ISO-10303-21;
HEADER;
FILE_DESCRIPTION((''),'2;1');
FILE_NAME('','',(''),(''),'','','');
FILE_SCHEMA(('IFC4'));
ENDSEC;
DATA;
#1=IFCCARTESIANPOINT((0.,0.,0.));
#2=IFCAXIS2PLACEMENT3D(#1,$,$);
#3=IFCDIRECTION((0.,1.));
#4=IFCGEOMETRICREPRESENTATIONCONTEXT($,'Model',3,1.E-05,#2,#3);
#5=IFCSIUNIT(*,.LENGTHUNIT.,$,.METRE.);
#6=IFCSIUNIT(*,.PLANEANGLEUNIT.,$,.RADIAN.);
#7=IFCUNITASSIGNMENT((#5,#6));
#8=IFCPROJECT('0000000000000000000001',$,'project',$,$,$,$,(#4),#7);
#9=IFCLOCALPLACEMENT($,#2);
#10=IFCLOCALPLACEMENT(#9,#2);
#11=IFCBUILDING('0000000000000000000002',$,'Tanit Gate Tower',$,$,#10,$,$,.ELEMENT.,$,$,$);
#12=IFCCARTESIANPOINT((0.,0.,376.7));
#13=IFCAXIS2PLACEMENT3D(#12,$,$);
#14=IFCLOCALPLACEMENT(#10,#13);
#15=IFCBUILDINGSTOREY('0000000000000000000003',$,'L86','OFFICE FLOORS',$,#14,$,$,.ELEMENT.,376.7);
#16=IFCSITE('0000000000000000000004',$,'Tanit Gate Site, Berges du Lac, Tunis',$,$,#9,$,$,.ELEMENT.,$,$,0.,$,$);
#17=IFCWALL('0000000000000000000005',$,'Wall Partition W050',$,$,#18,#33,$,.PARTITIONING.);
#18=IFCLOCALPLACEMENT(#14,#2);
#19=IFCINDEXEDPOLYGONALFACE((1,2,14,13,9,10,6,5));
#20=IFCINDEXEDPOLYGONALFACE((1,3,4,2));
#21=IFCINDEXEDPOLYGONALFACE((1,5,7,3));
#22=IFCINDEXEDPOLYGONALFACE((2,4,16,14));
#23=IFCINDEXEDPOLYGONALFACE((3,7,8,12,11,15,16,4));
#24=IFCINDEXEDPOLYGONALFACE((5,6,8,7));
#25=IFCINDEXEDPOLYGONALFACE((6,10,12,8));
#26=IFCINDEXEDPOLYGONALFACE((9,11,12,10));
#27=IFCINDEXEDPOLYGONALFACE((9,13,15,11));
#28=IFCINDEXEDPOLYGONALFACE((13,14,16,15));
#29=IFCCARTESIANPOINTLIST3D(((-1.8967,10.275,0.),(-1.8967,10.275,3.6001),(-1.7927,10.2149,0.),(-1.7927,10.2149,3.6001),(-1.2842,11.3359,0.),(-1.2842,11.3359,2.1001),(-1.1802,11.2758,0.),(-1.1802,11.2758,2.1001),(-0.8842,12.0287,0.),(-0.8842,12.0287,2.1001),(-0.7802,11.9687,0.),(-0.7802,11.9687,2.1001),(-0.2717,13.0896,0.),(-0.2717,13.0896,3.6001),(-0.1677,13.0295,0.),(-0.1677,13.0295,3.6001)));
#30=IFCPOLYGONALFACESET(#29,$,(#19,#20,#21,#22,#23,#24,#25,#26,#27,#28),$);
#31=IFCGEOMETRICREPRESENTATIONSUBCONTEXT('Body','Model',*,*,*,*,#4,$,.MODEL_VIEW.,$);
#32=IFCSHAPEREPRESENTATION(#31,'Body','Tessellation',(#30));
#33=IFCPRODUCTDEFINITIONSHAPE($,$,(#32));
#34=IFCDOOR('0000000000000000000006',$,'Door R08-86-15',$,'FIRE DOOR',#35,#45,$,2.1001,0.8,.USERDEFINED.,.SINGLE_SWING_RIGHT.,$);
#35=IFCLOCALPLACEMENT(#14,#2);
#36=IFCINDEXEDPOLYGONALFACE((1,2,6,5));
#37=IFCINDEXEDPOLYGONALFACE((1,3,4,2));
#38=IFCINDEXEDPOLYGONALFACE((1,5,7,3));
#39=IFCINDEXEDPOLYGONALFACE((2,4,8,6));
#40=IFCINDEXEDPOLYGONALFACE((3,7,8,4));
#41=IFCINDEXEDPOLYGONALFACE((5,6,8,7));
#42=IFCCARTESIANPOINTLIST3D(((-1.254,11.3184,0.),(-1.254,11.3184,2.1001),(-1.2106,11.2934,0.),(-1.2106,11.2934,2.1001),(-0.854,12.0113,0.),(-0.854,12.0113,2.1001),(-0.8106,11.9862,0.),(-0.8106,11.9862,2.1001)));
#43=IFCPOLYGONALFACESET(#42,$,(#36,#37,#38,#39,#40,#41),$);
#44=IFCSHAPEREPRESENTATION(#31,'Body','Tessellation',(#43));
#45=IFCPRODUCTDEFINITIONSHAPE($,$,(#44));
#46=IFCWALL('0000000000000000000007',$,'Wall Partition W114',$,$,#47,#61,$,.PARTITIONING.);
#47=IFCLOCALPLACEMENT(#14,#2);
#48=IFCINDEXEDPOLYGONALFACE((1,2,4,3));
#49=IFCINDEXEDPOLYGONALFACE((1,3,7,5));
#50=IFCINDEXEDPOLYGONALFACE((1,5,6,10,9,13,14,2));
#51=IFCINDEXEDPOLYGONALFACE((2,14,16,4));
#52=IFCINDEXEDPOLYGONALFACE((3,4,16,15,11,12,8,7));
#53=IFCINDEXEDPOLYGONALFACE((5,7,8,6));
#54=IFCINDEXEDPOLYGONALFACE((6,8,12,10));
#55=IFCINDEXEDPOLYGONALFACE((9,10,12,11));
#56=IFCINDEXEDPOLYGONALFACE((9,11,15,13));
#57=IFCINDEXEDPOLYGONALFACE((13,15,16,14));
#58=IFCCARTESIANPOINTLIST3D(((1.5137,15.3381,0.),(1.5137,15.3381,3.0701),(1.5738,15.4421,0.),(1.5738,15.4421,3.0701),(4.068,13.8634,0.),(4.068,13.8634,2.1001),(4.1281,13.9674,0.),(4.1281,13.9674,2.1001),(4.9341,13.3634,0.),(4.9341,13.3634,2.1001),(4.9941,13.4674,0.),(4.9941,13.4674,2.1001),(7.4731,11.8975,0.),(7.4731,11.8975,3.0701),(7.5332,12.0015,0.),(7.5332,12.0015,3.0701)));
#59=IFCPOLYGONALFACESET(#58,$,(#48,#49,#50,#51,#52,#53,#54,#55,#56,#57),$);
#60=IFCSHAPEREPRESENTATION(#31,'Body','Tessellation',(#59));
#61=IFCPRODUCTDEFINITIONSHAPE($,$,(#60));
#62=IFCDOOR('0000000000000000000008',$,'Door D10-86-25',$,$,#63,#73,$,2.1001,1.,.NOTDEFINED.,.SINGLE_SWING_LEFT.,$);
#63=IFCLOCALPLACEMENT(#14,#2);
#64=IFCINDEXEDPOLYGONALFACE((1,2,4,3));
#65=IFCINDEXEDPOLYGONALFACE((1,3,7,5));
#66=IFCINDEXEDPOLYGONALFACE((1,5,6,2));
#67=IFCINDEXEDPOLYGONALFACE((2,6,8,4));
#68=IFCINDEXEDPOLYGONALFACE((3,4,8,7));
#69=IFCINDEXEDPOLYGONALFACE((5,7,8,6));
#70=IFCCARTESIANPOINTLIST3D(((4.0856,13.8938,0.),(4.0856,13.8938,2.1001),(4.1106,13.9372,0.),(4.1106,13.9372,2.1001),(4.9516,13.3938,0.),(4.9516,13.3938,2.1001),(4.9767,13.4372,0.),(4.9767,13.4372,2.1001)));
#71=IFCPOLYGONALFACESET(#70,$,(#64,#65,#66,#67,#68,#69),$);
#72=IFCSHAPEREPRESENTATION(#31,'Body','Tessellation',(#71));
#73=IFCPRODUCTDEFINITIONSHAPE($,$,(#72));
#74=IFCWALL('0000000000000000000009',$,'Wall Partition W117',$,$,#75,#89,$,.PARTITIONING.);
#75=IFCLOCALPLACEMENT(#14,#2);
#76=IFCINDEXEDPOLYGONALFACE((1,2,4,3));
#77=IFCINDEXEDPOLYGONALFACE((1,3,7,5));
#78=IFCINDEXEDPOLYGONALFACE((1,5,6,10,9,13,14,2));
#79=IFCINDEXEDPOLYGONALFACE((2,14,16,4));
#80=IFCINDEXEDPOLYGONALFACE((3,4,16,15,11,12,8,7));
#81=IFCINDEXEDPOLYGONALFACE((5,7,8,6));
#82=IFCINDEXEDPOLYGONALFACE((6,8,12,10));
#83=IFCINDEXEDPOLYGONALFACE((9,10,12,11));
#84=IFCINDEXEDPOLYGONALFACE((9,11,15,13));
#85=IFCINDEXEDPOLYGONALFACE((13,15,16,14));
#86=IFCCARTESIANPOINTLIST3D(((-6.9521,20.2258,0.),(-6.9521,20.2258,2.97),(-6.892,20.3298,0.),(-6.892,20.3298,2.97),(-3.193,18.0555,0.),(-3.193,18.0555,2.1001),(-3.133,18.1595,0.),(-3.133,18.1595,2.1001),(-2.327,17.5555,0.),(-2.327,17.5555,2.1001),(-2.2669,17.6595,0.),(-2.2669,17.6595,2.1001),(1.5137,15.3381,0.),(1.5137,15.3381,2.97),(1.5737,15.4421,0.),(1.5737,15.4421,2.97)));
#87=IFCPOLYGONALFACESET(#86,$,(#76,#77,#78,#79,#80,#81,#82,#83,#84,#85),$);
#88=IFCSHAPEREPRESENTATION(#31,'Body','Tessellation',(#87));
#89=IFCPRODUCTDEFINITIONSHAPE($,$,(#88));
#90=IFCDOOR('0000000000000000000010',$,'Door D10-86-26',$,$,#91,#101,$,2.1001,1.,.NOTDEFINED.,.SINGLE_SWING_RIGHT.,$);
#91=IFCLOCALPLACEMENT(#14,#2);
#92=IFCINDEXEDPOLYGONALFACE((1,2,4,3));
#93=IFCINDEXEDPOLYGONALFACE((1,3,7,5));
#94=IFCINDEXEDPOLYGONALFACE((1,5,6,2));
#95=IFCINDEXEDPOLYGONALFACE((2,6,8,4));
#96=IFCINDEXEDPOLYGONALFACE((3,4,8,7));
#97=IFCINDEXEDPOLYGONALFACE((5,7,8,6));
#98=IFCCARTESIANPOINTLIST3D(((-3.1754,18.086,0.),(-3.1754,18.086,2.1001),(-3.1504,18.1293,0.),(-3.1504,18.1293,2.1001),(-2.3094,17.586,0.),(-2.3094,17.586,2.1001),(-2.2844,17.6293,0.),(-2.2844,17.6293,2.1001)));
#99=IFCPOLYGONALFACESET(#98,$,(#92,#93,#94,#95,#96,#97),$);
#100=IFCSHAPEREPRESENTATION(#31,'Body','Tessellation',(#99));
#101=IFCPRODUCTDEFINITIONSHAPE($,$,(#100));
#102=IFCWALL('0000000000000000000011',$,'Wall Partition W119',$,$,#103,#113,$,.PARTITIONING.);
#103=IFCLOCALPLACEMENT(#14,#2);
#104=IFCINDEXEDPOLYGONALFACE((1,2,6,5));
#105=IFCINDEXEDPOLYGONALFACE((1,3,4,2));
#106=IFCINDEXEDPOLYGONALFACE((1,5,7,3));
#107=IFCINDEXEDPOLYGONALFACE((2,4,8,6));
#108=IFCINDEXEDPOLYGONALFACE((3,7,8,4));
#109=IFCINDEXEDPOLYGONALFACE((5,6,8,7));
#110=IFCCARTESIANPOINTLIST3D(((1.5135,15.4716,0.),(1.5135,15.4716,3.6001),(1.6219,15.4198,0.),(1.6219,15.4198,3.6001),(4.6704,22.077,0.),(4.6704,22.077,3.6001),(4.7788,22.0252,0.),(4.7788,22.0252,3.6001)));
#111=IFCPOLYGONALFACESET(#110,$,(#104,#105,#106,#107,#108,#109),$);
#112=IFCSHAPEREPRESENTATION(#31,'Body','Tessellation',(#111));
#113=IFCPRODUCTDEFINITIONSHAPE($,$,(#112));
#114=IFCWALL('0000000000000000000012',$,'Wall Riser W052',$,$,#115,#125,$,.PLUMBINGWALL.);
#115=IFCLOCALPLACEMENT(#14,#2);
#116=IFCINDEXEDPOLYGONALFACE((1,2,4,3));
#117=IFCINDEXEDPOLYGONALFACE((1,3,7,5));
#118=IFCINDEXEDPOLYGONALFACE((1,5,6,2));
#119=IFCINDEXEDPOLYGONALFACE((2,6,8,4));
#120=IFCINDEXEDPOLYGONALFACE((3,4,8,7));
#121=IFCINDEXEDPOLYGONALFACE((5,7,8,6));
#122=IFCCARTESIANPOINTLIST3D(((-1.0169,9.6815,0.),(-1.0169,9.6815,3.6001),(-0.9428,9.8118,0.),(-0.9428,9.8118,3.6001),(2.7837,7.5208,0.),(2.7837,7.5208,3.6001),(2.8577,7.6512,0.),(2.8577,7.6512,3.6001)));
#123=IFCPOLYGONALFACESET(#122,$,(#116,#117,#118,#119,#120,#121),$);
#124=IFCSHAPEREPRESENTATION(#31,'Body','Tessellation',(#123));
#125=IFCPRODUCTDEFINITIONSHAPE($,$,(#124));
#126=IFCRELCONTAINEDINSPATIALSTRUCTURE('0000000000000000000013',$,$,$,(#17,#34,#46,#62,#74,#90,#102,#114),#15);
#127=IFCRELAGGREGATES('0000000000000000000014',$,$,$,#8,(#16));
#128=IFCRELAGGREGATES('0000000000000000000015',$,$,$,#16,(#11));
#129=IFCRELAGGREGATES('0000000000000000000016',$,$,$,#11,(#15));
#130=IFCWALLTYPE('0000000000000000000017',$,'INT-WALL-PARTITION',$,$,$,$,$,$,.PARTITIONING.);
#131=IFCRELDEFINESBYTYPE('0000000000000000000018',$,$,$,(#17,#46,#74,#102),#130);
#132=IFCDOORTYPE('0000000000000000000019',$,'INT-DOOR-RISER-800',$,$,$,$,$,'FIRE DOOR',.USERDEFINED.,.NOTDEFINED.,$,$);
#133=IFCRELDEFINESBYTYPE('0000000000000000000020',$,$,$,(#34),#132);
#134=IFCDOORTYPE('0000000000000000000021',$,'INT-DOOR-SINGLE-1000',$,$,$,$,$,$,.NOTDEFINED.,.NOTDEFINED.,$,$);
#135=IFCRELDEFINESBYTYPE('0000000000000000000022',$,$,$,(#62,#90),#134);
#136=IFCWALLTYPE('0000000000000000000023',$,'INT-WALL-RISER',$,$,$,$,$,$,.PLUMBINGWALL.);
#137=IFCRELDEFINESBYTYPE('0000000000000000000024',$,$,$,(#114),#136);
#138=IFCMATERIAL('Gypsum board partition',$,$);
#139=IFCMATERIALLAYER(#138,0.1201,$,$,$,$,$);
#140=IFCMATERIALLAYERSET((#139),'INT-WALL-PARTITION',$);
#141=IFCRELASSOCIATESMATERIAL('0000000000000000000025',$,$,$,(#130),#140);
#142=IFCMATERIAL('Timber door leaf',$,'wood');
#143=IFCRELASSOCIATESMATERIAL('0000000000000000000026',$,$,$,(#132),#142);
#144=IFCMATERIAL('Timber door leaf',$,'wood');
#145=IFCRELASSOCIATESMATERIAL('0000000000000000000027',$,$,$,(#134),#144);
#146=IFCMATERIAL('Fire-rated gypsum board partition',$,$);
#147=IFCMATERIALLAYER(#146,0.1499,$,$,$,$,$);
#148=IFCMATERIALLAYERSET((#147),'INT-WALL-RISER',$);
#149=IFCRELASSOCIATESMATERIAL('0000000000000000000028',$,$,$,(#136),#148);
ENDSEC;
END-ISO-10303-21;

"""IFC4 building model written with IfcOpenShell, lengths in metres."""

from ifc_helpers import new_model, si_unit, direction, frame, frame_2d, origin, place, context, subcontext, project, spatial, rectangle, extrude, material, layer, layer_set, type_object, element, fill, save


model = new_model("IFC4")

# Units and contexts
model_context = context("Model", 3, precision=1e-05, world=origin(), true_north=direction((0.0, 1.0)))
body_context = subcontext(model_context, "Body", "Model", "MODEL_VIEW")
ifc_project = project(units=[si_unit("LENGTHUNIT", "METRE"), si_unit("PLANEANGLEUNIT", "RADIAN")], contexts=[model_context])

# Site, building, storey
site_placement = place(None, origin())
site = spatial("IfcSite", under=ifc_project, at=site_placement, Name="Tanit Gate Site, Berges du Lac, Tunis", CompositionType="ELEMENT", RefElevation=0.0)
building_placement = place(site_placement, origin())
building = spatial("IfcBuilding", under=site, at=building_placement, Name="Tanit Gate Tower", CompositionType="ELEMENT")
storey_placement = place(building_placement, frame((0.0, 0.0, 376.7)))
storey = spatial("IfcBuildingStorey", under=building, at=storey_placement, Name="L86", Description="OFFICE FLOORS", CompositionType="ELEMENT", Elevation=376.7)

# Walls, openings, doors
ifc_material_1 = material(Name="Gypsum board partition")
ifc_layer_1 = layer(ifc_material_1, 0.1201)
ifc_layer_set_1 = layer_set([ifc_layer_1], Name="INT-WALL-PARTITION")
wall_type_1 = type_object("IfcWallType", Name="INT-WALL-PARTITION", PredefinedType="PARTITIONING", material=ifc_layer_set_1)
ifc_material_2 = material(Name="Timber door leaf", Category="wood")
door_type_1 = type_object("IfcDoorType", Name="INT-DOOR-RISER-800", ElementType="FIRE DOOR", OperationType="NOTDEFINED", PredefinedType="USERDEFINED", material=ifc_material_2)
wall_1_placement = place(storey_placement, frame((-0.2197, 13.0596, 0.0), z_axis=(0.0, 0.0, 1.0), x_axis=(-0.499985, -0.866034, 0.0)))
wall_1 = element("IfcWall", 1, at=wall_1_placement, inside=storey, type_object=wall_type_1, Name="Wall Partition W050", PredefinedType="PARTITIONING", context=body_context, shape_type="SweptSolid", body=[
    extrude(rectangle(XDim=3.25, YDim=0.1201, at=frame_2d((1.625, 0.0))), origin(), (0.0, 0.0, 1.0), 3.6001),
])
opening_1_placement = place(wall_1_placement, frame((1.2251, 0.0, 0.0)))
opening_1 = element("IfcOpeningElement", 2, at=opening_1_placement, cuts=wall_1, PredefinedType="OPENING", context=body_context, shape_type="SweptSolid", body=[
    extrude(rectangle(XDim=0.8, YDim=2.1001, at=frame_2d((0.3999, 1.05))), frame((0.0, 0.0701, 0.0), z_axis=(0.0, -1.0, 0.0), x_axis=(1.0, 0.0, 0.0)), (0.0, 0.0, 1.0), 0.1401),
])
door_1_placement = place(opening_1_placement, origin())
door_1 = element("IfcDoor", 3, at=door_1_placement, inside=storey, type_object=door_type_1, Name="Door R08-86-15", ObjectType="FIRE DOOR", OperationType="SINGLE_SWING_RIGHT", OverallHeight=2.1001, OverallWidth=0.8, PredefinedType="USERDEFINED", context=body_context, shape_type="SweptSolid", body=[
    extrude(rectangle(XDim=0.8, YDim=2.1001, at=frame_2d((0.3999, 1.05))), frame((0.0, 0.0249, 0.0), z_axis=(0.0, -1.0, 0.0), x_axis=(1.0, 0.0, 0.0)), (0.0, 0.0, 1.0), 0.05),
])
fill(opening_1, door_1)
wall_2_placement = place(storey_placement, frame((7.5032, 11.9495, 0.0), z_axis=(0.0, 0.0, 1.0), x_axis=(-0.866027, 0.499997, 0.0)))
wall_2 = element("IfcWall", 4, at=wall_2_placement, inside=storey, type_object=wall_type_1, Name="Wall Partition W114", PredefinedType="PARTITIONING", context=body_context, shape_type="SweptSolid", body=[
    extrude(rectangle(XDim=6.8813, YDim=0.1201, at=frame_2d((3.4407, 0.0))), origin(), (0.0, 0.0, 1.0), 3.0701),
])
opening_2_placement = place(wall_2_placement, frame((2.9319, 0.0, 0.0)))
opening_2 = element("IfcOpeningElement", 5, at=opening_2_placement, cuts=wall_2, PredefinedType="OPENING", context=body_context, shape_type="SweptSolid", body=[
    extrude(rectangle(XDim=1.0, YDim=2.1001, at=frame_2d((0.5, 1.05))), frame((0.0, 0.0701, 0.0), z_axis=(0.0, -1.0, 0.0), x_axis=(1.0, 0.0, 0.0)), (0.0, 0.0, 1.0), 0.1401),
])
ifc_material_3 = material(Name="Timber door leaf", Category="wood")
door_type_2 = type_object("IfcDoorType", Name="INT-DOOR-SINGLE-1000", OperationType="NOTDEFINED", PredefinedType="NOTDEFINED", material=ifc_material_3)
door_2_placement = place(opening_2_placement, origin())
door_2 = element("IfcDoor", 6, at=door_2_placement, inside=storey, type_object=door_type_2, Name="Door D10-86-25", OperationType="SINGLE_SWING_LEFT", OverallHeight=2.1001, OverallWidth=1.0, PredefinedType="NOTDEFINED", context=body_context, shape_type="SweptSolid", body=[
    extrude(rectangle(XDim=1.0, YDim=2.1001, at=frame_2d((0.5, 1.05))), frame((0.0, 0.0249, 0.0), z_axis=(0.0, -1.0, 0.0), x_axis=(1.0, 0.0, 0.0)), (0.0, 0.0, 1.0), 0.05),
])
fill(opening_2, door_2)
wall_3_placement = place(storey_placement, frame((1.5437, 15.3901, 0.0), z_axis=(0.0, 0.0, 1.0), x_axis=(-0.866028, 0.499996, 0.0)))
wall_3 = element("IfcWall", 7, at=wall_3_placement, inside=storey, type_object=wall_type_1, Name="Wall Partition W117", PredefinedType="PARTITIONING", context=body_context, shape_type="SweptSolid", body=[
    extrude(rectangle(XDim=9.7754, YDim=0.1201, at=frame_2d((4.8877, 0.0))), origin(), (0.0, 0.0, 1.0), 2.97),
])
opening_3_placement = place(wall_3_placement, frame((4.4348, 0.0, 0.0)))
opening_3 = element("IfcOpeningElement", 8, at=opening_3_placement, cuts=wall_3, PredefinedType="OPENING", context=body_context, shape_type="SweptSolid", body=[
    extrude(rectangle(XDim=1.0, YDim=2.1001, at=frame_2d((0.5, 1.05))), frame((0.0, 0.0701, 0.0), z_axis=(0.0, -1.0, 0.0), x_axis=(1.0, 0.0, 0.0)), (0.0, 0.0, 1.0), 0.1401),
])
door_3_placement = place(opening_3_placement, origin())
door_3 = element("IfcDoor", 9, at=door_3_placement, inside=storey, type_object=door_type_2, Name="Door D10-86-26", OperationType="SINGLE_SWING_RIGHT", OverallHeight=2.1001, OverallWidth=1.0, PredefinedType="NOTDEFINED", context=body_context, shape_type="SweptSolid", body=[
    extrude(rectangle(XDim=1.0, YDim=2.1001, at=frame_2d((0.5, 1.05))), frame((0.0, 0.0249, 0.0), z_axis=(0.0, -1.0, 0.0), x_axis=(1.0, 0.0, 0.0)), (0.0, 0.0, 1.0), 0.05),
])
fill(opening_3, door_3)

# Walls
wall_4_placement = place(storey_placement, frame((1.5676, 15.4456, 0.0), z_axis=(0.0, 0.0, 1.0), x_axis=(0.431216, 0.902249, 0.0)))
element("IfcWall", 10, at=wall_4_placement, inside=storey, type_object=wall_type_1, Name="Wall Partition W119", PredefinedType="PARTITIONING", context=body_context, shape_type="SweptSolid", body=[
    extrude(rectangle(XDim=7.321, YDim=0.1201, at=frame_2d((3.6606, 0.0))), origin(), (0.0, 0.0, 1.0), 3.6001),
])
ifc_material_4 = material(Name="Fire-rated gypsum board partition")
ifc_layer_2 = layer(ifc_material_4, 0.1499)
ifc_layer_set_2 = layer_set([ifc_layer_2], Name="INT-WALL-RISER")
wall_type_2 = type_object("IfcWallType", Name="INT-WALL-RISER", PredefinedType="PLUMBINGWALL", material=ifc_layer_set_2)
wall_5_placement = place(storey_placement, frame((2.8208, 7.5859, 0.0), z_axis=(0.0, 0.0, 1.0), x_axis=(-0.869334, 0.494225, 0.0)))
element("IfcWall", 11, at=wall_5_placement, inside=storey, type_object=wall_type_2, Name="Wall Riser W052", PredefinedType="PLUMBINGWALL", context=body_context, shape_type="SweptSolid", body=[
    extrude(rectangle(XDim=4.3718, YDim=0.1499, at=frame_2d((2.186, 0.0))), origin(), (0.0, 0.0, 1.0), 3.6001),
])

save(model, "model.ifc")
